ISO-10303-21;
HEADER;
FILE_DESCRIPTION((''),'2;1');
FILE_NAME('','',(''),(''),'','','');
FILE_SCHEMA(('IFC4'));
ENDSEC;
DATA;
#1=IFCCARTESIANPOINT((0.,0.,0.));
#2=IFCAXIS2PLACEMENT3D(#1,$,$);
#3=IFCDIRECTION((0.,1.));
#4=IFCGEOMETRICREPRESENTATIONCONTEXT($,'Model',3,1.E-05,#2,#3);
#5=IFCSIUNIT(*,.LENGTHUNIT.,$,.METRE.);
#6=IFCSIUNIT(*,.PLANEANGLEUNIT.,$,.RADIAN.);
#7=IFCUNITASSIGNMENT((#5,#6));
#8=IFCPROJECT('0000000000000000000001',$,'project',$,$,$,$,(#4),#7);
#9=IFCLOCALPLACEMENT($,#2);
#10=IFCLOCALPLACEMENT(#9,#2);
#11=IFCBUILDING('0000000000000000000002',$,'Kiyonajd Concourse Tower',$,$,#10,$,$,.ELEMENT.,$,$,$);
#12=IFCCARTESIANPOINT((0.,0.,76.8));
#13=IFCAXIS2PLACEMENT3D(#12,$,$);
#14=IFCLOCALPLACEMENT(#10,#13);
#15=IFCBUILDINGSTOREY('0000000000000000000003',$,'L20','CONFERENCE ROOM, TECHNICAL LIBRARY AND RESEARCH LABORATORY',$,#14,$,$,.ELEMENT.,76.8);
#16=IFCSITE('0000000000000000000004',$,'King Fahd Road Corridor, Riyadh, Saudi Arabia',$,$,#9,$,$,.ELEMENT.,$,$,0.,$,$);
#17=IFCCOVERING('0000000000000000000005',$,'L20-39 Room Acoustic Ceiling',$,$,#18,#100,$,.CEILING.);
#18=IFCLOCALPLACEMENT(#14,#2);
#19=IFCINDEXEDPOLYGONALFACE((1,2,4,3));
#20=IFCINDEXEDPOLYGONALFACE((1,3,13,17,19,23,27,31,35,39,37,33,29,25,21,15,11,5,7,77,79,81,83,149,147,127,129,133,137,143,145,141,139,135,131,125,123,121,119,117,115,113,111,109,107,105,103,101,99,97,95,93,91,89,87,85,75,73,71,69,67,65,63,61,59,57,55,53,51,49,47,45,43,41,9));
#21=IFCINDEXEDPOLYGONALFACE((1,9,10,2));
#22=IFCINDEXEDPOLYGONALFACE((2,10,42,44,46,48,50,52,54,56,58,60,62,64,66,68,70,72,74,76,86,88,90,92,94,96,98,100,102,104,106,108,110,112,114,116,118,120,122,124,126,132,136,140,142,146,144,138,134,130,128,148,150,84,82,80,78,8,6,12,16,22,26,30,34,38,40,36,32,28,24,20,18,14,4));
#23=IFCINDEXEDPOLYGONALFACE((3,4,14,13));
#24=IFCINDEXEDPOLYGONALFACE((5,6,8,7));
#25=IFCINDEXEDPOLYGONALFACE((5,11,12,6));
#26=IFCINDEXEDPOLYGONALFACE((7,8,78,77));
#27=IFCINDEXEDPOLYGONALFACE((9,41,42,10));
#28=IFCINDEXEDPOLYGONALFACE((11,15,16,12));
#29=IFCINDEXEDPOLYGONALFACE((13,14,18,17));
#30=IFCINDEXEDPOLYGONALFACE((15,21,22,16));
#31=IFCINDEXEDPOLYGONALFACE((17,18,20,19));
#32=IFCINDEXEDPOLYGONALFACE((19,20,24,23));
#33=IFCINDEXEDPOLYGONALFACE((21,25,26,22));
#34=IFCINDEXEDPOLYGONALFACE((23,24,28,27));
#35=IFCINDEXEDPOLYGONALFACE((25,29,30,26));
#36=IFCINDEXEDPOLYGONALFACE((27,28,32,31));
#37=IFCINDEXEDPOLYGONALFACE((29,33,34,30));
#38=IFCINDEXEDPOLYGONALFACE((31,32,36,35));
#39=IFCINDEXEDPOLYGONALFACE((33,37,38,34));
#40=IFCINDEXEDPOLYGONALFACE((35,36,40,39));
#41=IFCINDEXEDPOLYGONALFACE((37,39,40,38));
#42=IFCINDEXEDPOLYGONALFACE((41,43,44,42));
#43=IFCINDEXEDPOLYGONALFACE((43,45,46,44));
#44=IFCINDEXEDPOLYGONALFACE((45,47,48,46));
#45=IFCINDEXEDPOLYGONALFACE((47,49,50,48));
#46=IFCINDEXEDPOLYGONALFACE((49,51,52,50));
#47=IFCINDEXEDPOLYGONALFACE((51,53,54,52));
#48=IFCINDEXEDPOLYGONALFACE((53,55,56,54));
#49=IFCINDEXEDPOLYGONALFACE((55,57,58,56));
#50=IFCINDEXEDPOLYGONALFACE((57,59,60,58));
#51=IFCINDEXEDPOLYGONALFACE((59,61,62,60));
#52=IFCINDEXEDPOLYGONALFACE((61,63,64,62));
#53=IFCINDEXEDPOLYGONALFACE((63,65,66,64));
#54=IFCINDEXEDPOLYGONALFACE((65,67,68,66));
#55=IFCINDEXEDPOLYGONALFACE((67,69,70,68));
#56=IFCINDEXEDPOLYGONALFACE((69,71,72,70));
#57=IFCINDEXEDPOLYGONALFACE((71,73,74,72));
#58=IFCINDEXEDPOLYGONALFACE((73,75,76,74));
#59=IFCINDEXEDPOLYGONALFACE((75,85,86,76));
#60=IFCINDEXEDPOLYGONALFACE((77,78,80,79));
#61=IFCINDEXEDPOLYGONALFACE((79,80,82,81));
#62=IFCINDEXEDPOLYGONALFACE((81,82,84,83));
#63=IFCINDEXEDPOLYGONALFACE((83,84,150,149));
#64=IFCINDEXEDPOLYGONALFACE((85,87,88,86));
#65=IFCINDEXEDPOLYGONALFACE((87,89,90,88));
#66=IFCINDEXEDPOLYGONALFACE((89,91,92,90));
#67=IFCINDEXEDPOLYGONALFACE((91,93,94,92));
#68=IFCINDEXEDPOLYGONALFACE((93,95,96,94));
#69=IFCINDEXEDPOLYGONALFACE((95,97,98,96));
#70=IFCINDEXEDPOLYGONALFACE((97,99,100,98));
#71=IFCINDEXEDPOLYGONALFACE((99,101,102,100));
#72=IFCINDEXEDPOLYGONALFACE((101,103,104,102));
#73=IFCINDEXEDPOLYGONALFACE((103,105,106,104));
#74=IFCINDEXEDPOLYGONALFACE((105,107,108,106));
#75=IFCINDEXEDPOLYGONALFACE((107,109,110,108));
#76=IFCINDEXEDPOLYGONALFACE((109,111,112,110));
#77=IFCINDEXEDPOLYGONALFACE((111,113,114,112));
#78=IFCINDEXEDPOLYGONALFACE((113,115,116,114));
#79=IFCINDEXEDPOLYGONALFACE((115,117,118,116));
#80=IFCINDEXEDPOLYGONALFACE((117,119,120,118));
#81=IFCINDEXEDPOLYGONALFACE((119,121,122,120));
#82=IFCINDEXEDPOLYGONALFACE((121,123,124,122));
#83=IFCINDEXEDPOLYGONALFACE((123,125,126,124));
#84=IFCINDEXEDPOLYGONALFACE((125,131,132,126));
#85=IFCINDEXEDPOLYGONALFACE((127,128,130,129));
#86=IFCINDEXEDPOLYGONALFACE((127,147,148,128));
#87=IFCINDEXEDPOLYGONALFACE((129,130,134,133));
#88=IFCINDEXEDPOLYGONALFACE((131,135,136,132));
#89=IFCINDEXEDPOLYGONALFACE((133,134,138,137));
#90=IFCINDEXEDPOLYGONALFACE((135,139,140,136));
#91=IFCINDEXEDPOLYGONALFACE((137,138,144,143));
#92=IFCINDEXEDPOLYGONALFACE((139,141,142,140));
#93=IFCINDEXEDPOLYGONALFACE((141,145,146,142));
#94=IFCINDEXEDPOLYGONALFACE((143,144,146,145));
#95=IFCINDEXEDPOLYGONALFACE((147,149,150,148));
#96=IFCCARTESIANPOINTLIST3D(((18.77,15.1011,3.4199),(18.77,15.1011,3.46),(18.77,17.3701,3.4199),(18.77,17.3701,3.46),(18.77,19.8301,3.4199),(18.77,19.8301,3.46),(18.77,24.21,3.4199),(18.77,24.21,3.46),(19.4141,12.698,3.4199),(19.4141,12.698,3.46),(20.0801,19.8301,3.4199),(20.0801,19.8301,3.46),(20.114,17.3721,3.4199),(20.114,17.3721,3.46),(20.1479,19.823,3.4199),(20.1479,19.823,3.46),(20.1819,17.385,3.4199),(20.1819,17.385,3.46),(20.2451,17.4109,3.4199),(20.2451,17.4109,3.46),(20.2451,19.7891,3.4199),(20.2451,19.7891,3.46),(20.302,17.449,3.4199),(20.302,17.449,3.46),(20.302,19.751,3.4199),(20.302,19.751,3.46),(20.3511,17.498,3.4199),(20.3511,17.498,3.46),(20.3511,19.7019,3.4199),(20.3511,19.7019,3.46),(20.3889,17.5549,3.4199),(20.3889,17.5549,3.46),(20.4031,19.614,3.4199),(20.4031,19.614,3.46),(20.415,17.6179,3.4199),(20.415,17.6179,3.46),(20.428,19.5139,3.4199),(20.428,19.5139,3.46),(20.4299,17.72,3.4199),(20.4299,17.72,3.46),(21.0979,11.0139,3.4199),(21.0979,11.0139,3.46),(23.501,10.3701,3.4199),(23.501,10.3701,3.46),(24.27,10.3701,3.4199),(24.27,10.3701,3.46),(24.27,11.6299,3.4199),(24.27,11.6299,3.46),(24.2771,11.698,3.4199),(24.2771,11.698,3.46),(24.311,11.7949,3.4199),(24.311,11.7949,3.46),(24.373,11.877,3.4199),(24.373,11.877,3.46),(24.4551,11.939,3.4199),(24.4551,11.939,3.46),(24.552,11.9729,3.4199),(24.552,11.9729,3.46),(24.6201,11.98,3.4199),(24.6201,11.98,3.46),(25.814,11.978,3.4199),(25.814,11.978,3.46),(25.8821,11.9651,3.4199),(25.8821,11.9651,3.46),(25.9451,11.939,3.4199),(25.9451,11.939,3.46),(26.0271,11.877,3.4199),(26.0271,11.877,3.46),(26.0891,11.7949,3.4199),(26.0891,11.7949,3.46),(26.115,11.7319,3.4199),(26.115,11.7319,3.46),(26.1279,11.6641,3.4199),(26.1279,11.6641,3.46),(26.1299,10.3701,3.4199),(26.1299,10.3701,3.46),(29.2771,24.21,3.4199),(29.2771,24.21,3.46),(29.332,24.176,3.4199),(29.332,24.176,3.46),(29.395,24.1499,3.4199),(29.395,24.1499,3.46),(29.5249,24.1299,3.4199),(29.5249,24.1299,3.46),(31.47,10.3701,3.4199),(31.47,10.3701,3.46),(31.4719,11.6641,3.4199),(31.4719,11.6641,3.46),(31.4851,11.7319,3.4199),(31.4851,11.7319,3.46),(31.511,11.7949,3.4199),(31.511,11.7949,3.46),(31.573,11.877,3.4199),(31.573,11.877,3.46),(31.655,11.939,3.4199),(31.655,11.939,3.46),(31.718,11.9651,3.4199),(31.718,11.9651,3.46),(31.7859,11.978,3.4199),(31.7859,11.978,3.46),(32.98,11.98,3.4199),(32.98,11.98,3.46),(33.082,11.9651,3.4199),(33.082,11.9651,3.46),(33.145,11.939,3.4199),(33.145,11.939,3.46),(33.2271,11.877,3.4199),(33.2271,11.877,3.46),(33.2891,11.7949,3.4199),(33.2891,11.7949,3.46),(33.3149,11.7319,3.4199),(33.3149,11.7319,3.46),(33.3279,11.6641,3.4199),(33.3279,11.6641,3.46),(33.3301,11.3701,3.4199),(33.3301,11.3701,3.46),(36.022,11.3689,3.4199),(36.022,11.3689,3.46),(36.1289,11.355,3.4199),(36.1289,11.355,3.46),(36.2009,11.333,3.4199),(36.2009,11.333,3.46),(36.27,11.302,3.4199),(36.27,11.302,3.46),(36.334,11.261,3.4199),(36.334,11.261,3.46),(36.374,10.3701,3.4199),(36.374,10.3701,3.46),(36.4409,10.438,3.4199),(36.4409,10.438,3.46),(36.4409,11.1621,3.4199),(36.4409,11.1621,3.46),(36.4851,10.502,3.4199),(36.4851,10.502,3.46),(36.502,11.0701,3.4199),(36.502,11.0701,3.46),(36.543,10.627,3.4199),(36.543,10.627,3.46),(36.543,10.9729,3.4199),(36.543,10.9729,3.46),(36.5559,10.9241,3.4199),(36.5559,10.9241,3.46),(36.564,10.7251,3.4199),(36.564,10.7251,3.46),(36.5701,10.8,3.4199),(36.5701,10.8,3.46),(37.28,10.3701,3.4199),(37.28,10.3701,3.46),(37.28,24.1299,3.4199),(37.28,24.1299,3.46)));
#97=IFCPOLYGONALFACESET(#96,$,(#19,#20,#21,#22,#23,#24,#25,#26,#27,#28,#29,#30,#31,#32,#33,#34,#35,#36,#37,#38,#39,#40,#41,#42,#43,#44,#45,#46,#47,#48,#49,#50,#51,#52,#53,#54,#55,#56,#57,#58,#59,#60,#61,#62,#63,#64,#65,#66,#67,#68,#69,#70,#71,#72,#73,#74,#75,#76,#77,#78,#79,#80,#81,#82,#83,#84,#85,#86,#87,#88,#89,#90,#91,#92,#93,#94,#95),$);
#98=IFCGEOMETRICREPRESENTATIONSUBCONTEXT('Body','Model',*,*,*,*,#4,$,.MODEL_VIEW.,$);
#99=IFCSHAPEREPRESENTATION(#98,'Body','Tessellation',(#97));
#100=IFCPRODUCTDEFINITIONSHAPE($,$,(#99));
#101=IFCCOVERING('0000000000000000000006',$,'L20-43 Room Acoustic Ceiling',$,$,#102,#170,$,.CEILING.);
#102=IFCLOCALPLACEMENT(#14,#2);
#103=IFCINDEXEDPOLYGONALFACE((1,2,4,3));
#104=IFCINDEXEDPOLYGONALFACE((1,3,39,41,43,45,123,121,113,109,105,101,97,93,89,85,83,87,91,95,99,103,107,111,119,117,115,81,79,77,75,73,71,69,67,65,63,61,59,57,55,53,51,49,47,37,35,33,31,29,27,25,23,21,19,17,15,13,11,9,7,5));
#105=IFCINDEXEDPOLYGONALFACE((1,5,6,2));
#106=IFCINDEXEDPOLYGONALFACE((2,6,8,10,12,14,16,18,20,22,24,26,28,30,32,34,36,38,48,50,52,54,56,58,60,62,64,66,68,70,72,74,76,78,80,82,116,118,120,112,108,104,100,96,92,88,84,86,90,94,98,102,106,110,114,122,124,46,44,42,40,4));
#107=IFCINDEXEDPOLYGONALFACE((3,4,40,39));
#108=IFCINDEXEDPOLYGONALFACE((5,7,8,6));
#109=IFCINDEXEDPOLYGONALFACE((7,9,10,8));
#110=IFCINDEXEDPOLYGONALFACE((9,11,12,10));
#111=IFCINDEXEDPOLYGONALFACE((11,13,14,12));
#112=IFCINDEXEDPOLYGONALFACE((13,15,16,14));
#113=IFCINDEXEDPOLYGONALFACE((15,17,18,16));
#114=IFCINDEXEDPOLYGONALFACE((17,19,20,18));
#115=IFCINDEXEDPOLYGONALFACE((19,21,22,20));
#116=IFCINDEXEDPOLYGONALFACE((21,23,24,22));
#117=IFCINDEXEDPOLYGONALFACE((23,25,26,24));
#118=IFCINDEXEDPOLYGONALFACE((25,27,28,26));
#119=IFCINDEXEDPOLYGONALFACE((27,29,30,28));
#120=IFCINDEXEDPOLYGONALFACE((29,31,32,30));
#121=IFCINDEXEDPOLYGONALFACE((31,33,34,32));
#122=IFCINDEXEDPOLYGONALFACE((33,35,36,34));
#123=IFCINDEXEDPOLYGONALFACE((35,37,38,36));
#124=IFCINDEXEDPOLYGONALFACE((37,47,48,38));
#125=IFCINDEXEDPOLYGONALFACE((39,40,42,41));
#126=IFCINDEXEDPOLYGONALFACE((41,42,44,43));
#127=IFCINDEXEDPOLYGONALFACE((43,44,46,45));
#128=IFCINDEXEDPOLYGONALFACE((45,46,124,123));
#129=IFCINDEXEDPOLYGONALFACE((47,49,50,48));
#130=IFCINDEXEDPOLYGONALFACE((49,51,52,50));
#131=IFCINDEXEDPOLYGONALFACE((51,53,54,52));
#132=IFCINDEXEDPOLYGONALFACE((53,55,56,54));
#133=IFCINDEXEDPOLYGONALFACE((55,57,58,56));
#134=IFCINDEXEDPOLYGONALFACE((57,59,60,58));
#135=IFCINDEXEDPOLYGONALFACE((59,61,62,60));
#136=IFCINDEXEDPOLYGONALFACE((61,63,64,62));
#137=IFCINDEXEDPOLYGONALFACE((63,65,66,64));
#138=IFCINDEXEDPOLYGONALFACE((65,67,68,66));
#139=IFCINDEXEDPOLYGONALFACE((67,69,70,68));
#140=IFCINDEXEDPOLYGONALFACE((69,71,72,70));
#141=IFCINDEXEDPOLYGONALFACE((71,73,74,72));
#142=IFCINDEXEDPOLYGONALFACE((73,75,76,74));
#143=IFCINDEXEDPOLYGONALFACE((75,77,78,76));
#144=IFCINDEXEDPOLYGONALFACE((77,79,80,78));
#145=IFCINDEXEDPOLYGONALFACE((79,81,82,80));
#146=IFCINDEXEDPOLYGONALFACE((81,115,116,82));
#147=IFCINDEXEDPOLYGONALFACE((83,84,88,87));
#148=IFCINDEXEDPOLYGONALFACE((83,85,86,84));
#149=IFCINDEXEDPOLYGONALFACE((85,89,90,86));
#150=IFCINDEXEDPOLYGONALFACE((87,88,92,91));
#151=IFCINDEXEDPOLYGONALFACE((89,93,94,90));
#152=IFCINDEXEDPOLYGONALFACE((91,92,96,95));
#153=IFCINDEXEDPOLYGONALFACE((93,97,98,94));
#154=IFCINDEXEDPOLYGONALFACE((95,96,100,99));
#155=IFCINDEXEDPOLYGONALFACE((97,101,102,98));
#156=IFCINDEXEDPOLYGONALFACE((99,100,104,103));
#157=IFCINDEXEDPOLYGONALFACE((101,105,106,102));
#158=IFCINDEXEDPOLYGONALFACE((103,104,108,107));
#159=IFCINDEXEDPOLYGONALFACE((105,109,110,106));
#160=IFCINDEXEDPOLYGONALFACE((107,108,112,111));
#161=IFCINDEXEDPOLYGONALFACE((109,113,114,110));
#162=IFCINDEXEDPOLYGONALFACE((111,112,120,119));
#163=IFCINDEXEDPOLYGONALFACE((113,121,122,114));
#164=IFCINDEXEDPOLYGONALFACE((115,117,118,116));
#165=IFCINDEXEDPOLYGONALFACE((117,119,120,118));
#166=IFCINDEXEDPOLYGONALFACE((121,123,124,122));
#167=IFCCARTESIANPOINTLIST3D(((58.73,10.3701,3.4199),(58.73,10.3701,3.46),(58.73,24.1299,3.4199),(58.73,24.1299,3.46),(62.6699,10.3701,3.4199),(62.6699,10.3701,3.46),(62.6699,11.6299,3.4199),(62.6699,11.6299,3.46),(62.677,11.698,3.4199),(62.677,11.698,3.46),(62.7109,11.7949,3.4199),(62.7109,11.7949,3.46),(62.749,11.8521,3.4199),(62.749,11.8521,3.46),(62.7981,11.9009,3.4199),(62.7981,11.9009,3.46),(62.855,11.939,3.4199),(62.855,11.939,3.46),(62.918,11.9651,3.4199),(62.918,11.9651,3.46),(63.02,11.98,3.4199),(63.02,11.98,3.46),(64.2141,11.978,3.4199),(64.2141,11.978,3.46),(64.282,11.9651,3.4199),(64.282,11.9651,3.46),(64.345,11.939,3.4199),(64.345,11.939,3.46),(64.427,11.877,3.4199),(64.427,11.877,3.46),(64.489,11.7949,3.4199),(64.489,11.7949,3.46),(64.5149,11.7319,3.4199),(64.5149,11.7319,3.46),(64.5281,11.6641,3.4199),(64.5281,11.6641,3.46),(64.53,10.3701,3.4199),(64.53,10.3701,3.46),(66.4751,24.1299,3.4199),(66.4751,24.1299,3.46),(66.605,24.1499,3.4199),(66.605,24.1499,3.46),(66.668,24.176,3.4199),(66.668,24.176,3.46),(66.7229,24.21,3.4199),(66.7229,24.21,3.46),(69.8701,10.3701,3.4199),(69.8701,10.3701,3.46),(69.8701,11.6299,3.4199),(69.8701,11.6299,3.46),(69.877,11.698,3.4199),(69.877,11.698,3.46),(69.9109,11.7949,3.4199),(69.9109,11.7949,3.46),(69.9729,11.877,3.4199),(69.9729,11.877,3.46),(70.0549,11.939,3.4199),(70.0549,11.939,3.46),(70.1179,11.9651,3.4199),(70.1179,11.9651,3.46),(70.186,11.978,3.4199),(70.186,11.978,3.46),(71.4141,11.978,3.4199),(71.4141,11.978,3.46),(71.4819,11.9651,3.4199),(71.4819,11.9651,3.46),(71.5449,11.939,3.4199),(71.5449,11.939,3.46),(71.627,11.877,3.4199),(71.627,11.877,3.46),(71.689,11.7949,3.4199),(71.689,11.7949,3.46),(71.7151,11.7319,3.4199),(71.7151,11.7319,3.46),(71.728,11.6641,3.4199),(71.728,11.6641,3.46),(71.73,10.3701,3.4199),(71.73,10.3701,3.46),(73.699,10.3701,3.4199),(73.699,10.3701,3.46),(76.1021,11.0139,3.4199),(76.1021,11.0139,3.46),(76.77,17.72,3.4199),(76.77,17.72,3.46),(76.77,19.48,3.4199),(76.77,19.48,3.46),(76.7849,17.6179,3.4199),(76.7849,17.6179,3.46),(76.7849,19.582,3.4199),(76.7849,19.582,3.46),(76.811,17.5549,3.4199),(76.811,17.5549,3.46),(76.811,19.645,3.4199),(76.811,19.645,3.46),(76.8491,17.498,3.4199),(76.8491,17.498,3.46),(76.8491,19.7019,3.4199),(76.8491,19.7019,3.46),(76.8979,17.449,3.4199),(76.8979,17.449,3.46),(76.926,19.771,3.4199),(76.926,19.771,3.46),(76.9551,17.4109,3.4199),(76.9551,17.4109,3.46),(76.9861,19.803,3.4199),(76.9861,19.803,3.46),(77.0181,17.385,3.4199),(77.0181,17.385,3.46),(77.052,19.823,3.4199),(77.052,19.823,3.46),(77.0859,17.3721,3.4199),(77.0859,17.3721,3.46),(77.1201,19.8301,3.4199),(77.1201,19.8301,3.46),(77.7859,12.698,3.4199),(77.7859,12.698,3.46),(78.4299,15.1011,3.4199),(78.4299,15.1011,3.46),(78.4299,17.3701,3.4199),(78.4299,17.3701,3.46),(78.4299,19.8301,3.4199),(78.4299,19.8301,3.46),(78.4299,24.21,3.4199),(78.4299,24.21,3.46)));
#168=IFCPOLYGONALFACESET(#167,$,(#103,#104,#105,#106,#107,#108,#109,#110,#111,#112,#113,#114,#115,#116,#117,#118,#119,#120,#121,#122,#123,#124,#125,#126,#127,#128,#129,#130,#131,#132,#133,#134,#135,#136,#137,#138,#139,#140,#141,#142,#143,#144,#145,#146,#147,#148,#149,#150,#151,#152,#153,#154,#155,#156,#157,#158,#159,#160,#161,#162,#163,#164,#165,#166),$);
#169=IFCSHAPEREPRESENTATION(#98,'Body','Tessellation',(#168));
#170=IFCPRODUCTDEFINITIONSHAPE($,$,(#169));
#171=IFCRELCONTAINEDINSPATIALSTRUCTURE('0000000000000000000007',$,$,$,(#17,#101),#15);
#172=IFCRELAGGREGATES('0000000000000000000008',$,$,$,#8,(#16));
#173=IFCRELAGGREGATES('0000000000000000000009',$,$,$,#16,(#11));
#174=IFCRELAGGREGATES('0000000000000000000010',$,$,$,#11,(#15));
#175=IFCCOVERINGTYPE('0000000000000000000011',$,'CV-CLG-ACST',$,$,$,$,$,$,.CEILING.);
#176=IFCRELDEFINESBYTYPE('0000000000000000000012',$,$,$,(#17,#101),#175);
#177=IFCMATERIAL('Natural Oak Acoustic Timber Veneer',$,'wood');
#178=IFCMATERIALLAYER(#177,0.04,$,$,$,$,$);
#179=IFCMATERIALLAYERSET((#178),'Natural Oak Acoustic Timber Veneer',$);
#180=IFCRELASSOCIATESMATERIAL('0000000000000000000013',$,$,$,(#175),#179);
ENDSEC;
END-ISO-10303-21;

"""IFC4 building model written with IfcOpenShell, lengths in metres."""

from ifc_helpers import new_model, si_unit, direction, frame, origin, place, context, subcontext, project, spatial, polyline, outline, extrude, material, layer, layer_set, type_object, element, save


model = new_model("IFC4")

# Units and contexts
model_context = context("Model", 3, precision=1e-05, world=origin(), true_north=direction((0.0, 1.0)))
body_context = subcontext(model_context, "Body", "Model", "MODEL_VIEW")
ifc_project = project(units=[si_unit("LENGTHUNIT", "METRE"), si_unit("PLANEANGLEUNIT", "RADIAN")], contexts=[model_context])

# Site, building, storey
site_placement = place(None, origin())
site = spatial("IfcSite", under=ifc_project, at=site_placement, Name="King Fahd Road Corridor, Riyadh, Saudi Arabia", CompositionType="ELEMENT", RefElevation=0.0)
building_placement = place(site_placement, origin())
building = spatial("IfcBuilding", under=site, at=building_placement, Name="Kiyonajd Concourse Tower", CompositionType="ELEMENT")
storey_placement = place(building_placement, frame((0.0, 0.0, 76.8)))
storey = spatial("IfcBuildingStorey", under=building, at=storey_placement, Name="L20", Description="CONFERENCE ROOM, TECHNICAL LIBRARY AND RESEARCH LABORATORY", CompositionType="ELEMENT", Elevation=76.8)

# Coverings
ifc_material_1 = material(Name="Natural Oak Acoustic Timber Veneer", Category="wood")
ifc_layer_1 = layer(ifc_material_1, 0.04)
ifc_layer_set_1 = layer_set([ifc_layer_1], Name="Natural Oak Acoustic Timber Veneer")
covering_type = type_object("IfcCoveringType", Name="CV-CLG-ACST", PredefinedType="CEILING", material=ifc_layer_set_1)
covering_1_placement = place(storey_placement, frame((0.0, 0.0, 3.4199)))
element("IfcCovering", 1, at=covering_1_placement, inside=storey, type_object=covering_type, Name="L20-39 Room Acoustic Ceiling", PredefinedType="CEILING", context=body_context, shape_type="SweptSolid", body=[
    extrude(outline(polyline([(19.4141, 12.698), (18.77, 15.1011), (18.77, 17.3701), (20.114, 17.3721), (20.1819, 17.385), (20.2451, 17.4109), (20.302, 17.449), (20.3511, 17.498), (20.3889, 17.5549), (20.415, 17.6179), (20.4299, 17.72), (20.428, 19.5139), (20.4031, 19.614), (20.3511, 19.7019), (20.302, 19.751), (20.2451, 19.7891), (20.1479, 19.823), (20.0801, 19.8301), (18.77, 19.8301), (18.77, 24.21), (29.2771, 24.21), (29.332, 24.176), (29.395, 24.1499), (29.5249, 24.1299), (37.28, 24.1299), (37.28, 10.3701), (36.374, 10.3701), (36.4409, 10.438), (36.4851, 10.502), (36.543, 10.627), (36.564, 10.7251), (36.5701, 10.8), (36.5559, 10.9241), (36.543, 10.9729), (36.502, 11.0701), (36.4409, 11.1621), (36.334, 11.261), (36.27, 11.302), (36.2009, 11.333), (36.1289, 11.355), (36.022, 11.3689), (33.3301, 11.3701), (33.3279, 11.6641), (33.3149, 11.7319), (33.2891, 11.7949), (33.2271, 11.877), (33.145, 11.939), (33.082, 11.9651), (32.98, 11.98), (31.7859, 11.978), (31.718, 11.9651), (31.655, 11.939), (31.573, 11.877), (31.511, 11.7949), (31.4851, 11.7319), (31.4719, 11.6641), (31.47, 10.3701), (26.1299, 10.3701), (26.1279, 11.6641), (26.115, 11.7319), (26.0891, 11.7949), (26.0271, 11.877), (25.9451, 11.939), (25.8821, 11.9651), (25.814, 11.978), (24.6201, 11.98), (24.552, 11.9729), (24.4551, 11.939), (24.373, 11.877), (24.311, 11.7949), (24.2771, 11.698), (24.27, 11.6299), (24.27, 10.3701), (23.501, 10.3701), (21.0979, 11.0139), (19.4141, 12.698)])), origin(), (0.0, 0.0, 1.0), 0.04),
])
covering_2_placement = place(storey_placement, frame((0.0, 0.0, 3.4199)))
element("IfcCovering", 2, at=covering_2_placement, inside=storey, type_object=covering_type, Name="L20-43 Room Acoustic Ceiling", PredefinedType="CEILING", context=body_context, shape_type="SweptSolid", body=[
    extrude(outline(polyline([(66.7229, 24.21), (78.4299, 24.21), (78.4299, 19.8301), (77.1201, 19.8301), (77.052, 19.823), (76.9861, 19.803), (76.926, 19.771), (76.8491, 19.7019), (76.811, 19.645), (76.7849, 19.582), (76.77, 19.48), (76.77, 17.72), (76.7849, 17.6179), (76.811, 17.5549), (76.8491, 17.498), (76.8979, 17.449), (76.9551, 17.4109), (77.0181, 17.385), (77.0859, 17.3721), (78.4299, 17.3701), (78.4299, 15.1011), (77.7859, 12.698), (76.1021, 11.0139), (73.699, 10.3701), (71.73, 10.3701), (71.728, 11.6641), (71.7151, 11.7319), (71.689, 11.7949), (71.627, 11.877), (71.5449, 11.939), (71.4819, 11.9651), (71.4141, 11.978), (70.186, 11.978), (70.1179, 11.9651), (70.0549, 11.939), (69.9729, 11.877), (69.9109, 11.7949), (69.877, 11.698), (69.8701, 11.6299), (69.8701, 10.3701), (64.53, 10.3701), (64.5281, 11.6641), (64.5149, 11.7319), (64.489, 11.7949), (64.427, 11.877), (64.345, 11.939), (64.282, 11.9651), (64.2141, 11.978), (63.02, 11.98), (62.918, 11.9651), (62.855, 11.939), (62.7981, 11.9009), (62.749, 11.8521), (62.7109, 11.7949), (62.677, 11.698), (62.6699, 11.6299), (62.6699, 10.3701), (58.73, 10.3701), (58.73, 24.1299), (66.4751, 24.1299), (66.605, 24.1499), (66.668, 24.176), (66.7229, 24.21)])), origin(), (0.0, 0.0, 1.0), 0.04),
])

save(model, "model.ifc")
